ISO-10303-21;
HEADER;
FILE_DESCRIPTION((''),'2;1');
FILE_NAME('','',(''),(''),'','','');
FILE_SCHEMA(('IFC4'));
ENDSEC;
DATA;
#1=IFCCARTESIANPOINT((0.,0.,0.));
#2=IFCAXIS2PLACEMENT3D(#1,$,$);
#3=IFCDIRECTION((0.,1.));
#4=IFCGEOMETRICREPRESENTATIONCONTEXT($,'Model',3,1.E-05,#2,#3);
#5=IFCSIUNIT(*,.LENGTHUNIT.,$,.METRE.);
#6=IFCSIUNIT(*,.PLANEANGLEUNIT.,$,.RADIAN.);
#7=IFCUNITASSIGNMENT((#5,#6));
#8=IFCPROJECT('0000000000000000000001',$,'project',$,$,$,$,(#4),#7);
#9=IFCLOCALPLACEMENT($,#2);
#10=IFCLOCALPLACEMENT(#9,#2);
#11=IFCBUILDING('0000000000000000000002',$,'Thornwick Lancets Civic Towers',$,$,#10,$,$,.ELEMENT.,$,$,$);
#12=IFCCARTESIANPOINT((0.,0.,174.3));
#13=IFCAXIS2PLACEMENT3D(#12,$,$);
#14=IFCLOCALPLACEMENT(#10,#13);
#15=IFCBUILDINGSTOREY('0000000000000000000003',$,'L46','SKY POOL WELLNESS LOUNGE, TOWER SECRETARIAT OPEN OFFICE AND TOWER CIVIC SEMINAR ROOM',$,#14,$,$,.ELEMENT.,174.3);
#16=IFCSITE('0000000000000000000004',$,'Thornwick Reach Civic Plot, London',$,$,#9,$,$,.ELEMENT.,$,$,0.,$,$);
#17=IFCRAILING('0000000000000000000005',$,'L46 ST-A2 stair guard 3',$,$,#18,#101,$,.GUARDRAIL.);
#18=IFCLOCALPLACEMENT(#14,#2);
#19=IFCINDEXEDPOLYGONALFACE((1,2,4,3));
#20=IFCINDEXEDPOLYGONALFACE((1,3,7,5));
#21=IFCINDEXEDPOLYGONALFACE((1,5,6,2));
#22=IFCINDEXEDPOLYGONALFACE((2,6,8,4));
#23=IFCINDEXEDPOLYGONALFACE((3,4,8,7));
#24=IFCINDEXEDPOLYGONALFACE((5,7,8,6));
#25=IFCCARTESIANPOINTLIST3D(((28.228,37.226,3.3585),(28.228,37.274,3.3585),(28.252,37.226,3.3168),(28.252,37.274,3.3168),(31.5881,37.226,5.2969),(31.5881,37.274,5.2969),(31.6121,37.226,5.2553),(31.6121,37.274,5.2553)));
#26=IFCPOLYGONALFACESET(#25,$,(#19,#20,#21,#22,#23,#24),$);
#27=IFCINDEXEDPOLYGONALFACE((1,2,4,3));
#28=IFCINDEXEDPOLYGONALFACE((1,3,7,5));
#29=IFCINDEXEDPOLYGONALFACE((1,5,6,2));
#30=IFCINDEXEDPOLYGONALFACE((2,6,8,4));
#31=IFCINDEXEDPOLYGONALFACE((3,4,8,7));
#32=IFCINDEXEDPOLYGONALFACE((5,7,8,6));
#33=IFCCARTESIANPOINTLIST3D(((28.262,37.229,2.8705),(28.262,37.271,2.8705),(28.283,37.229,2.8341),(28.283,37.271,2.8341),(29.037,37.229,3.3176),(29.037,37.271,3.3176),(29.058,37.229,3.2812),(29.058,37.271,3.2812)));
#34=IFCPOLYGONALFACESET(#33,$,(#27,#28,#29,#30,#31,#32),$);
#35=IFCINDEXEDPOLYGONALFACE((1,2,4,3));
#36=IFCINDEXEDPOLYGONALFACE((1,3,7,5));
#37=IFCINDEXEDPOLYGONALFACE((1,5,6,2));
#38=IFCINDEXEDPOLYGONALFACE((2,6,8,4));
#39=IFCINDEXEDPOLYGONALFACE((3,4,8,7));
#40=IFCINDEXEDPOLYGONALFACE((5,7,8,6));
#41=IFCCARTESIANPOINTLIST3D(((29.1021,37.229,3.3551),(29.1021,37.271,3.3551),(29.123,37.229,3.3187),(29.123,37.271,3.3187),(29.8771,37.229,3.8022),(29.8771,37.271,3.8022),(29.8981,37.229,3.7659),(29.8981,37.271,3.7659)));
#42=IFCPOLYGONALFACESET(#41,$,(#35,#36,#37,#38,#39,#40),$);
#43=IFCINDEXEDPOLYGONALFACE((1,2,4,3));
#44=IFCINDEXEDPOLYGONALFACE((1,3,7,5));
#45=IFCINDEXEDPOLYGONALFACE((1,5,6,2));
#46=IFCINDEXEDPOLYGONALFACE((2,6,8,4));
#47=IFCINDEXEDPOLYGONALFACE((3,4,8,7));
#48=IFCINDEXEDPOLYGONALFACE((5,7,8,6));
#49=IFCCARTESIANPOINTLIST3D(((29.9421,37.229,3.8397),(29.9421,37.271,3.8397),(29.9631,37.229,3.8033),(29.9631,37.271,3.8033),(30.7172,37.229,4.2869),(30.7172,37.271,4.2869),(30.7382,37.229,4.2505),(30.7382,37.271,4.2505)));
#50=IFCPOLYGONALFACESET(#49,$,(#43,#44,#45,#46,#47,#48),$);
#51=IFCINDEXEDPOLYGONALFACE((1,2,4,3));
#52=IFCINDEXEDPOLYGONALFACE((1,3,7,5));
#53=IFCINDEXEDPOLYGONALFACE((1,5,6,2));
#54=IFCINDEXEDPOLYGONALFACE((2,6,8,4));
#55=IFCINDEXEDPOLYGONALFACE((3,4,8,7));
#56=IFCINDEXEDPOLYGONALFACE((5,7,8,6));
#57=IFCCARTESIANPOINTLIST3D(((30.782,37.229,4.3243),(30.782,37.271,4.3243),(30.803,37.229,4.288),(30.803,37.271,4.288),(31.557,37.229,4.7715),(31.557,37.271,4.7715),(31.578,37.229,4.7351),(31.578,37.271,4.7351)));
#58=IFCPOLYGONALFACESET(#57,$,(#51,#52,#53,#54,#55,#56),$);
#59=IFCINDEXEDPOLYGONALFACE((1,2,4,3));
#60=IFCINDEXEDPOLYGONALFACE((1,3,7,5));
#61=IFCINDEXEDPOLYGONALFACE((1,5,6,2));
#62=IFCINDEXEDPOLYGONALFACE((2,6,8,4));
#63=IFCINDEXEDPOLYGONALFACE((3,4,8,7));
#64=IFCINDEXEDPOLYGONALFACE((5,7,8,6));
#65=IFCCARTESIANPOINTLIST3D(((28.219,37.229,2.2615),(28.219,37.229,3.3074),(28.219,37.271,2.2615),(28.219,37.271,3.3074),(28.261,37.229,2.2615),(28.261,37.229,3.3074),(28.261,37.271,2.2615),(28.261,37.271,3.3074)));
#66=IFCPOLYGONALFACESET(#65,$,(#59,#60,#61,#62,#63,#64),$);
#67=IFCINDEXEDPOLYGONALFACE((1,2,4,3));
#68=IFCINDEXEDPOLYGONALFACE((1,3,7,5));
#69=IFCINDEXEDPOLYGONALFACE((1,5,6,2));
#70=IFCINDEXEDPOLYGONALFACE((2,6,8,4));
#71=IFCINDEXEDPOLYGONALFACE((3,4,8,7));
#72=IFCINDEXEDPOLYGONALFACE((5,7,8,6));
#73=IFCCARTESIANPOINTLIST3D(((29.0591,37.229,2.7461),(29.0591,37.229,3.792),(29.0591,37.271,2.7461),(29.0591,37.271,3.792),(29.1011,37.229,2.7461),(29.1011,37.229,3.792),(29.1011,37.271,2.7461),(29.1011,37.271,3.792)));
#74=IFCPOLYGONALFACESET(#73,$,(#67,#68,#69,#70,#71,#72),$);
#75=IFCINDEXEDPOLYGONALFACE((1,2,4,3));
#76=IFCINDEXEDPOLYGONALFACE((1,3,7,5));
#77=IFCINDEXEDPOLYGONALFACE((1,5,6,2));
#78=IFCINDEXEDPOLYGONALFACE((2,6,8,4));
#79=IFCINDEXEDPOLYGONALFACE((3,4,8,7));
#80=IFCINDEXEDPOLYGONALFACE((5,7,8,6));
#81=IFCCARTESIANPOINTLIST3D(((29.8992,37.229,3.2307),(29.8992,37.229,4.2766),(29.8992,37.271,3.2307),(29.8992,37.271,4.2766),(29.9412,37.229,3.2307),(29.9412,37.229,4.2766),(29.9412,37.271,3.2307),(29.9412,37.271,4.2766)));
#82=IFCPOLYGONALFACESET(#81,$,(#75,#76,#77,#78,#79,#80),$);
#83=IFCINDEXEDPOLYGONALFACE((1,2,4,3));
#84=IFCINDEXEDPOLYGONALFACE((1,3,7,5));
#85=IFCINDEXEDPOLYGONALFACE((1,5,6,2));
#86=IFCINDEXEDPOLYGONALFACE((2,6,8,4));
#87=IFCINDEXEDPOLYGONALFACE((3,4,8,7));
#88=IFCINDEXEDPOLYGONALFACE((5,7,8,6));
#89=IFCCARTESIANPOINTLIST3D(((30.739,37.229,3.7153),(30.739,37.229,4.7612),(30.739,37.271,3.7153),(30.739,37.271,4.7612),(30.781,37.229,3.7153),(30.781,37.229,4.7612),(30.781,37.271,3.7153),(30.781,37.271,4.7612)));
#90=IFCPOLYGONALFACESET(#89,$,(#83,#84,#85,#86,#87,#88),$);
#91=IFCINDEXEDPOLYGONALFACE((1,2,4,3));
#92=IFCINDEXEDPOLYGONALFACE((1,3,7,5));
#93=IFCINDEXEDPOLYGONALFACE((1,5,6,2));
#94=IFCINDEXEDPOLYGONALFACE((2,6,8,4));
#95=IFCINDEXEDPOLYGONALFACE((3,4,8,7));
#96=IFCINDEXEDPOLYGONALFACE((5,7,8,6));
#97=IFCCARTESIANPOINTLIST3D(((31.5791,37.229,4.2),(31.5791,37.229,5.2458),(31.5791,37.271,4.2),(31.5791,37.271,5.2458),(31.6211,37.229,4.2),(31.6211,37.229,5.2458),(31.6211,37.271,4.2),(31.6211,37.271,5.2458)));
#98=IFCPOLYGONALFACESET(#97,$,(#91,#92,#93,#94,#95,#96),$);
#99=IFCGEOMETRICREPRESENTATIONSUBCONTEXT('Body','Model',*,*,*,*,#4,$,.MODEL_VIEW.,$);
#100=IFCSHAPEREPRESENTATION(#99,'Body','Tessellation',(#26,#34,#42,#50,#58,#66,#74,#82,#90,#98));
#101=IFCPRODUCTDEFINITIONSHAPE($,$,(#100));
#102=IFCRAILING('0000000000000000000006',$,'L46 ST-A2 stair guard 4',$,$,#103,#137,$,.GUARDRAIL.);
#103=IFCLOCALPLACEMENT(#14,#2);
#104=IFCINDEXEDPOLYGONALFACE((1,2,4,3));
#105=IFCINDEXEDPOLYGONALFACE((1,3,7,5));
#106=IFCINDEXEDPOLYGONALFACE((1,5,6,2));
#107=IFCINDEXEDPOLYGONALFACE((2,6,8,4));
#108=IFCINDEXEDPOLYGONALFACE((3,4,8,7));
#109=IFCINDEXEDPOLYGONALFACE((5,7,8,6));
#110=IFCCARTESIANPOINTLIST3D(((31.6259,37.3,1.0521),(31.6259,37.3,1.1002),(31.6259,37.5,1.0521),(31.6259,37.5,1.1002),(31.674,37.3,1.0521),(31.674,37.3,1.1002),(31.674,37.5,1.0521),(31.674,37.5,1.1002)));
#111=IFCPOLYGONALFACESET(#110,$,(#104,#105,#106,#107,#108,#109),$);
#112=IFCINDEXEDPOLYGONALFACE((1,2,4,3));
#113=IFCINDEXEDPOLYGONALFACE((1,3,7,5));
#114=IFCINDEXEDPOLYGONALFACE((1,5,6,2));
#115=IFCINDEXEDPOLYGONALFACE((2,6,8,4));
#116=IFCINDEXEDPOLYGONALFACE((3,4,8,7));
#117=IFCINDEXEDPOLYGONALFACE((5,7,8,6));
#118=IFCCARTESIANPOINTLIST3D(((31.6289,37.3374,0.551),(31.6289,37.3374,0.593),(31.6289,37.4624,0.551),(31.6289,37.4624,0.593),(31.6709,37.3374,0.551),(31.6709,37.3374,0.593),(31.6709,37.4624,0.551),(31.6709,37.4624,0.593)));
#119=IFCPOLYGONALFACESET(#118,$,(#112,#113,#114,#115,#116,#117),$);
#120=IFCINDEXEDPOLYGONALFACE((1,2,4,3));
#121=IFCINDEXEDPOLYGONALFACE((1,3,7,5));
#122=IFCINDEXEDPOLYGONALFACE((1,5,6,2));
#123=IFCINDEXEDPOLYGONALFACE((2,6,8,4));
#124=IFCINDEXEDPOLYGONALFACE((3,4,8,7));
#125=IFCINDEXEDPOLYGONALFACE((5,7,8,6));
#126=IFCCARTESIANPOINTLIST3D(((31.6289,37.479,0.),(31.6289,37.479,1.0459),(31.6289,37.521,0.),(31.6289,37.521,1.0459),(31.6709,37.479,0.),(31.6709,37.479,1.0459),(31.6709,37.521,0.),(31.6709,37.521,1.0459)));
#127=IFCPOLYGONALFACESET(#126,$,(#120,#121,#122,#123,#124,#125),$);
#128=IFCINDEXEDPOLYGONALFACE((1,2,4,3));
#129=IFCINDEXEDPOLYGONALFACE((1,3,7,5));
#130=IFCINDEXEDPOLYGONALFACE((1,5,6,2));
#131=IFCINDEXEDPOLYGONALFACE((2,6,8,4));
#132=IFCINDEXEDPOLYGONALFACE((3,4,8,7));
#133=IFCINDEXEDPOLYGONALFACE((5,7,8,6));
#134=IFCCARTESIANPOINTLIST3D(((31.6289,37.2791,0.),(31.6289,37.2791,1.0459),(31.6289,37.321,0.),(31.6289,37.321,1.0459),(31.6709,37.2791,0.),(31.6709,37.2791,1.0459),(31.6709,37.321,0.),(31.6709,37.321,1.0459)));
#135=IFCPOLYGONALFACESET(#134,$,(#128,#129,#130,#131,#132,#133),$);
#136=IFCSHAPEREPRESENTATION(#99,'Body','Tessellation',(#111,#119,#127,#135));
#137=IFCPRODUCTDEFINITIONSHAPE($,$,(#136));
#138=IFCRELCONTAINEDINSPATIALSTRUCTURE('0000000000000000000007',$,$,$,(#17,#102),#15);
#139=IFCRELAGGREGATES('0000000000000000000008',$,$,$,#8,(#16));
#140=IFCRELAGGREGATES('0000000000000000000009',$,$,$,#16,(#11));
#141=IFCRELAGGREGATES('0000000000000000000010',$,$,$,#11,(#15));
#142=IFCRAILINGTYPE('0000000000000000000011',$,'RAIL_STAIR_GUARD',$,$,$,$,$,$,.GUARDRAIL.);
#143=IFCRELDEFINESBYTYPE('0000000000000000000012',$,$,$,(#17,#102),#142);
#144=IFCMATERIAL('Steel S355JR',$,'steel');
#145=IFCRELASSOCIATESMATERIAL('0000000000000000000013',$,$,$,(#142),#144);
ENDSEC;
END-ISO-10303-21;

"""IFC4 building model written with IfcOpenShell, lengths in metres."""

from ifc_helpers import new_model, si_unit, direction, frame, origin, origin_2d, place, context, subcontext, project, spatial, rectangle, extrude, material, type_object, element, save


model = new_model("IFC4")

# Units and contexts
model_context = context("Model", 3, precision=1e-05, world=origin(), true_north=direction((0.0, 1.0)))
body_context = subcontext(model_context, "Body", "Model", "MODEL_VIEW")
ifc_project = project(units=[si_unit("LENGTHUNIT", "METRE"), si_unit("PLANEANGLEUNIT", "RADIAN")], contexts=[model_context])

# Site, building, storey
site_placement = place(None, origin())
site = spatial("IfcSite", under=ifc_project, at=site_placement, Name="Thornwick Reach Civic Plot, London", CompositionType="ELEMENT", RefElevation=0.0)
building_placement = place(site_placement, origin())
building = spatial("IfcBuilding", under=site, at=building_placement, Name="Thornwick Lancets Civic Towers", CompositionType="ELEMENT")
storey_placement = place(building_placement, frame((0.0, 0.0, 174.3)))
storey = spatial("IfcBuildingStorey", under=building, at=storey_placement, Name="L46", Description="SKY POOL WELLNESS LOUNGE, TOWER SECRETARIAT OPEN OFFICE AND TOWER CIVIC SEMINAR ROOM", CompositionType="ELEMENT", Elevation=174.3)

# Shared definitions
ifc_material_1 = material(Name="Steel S355JR", Category="steel")

# Railings
railing_type_1 = type_object("IfcRailingType", Name="RAIL_STAIR_GUARD", PredefinedType="GUARDRAIL", material=ifc_material_1)
railing_1_placement = place(storey_placement, frame((28.24, 37.25, 2.2615)))
element("IfcRailing", 1, at=railing_1_placement, inside=storey, type_object=railing_type_1, Name="L46 ST-A2 stair guard 3", PredefinedType="GUARDRAIL", context=body_context, shape_type="SweptSolid", body=[
    extrude(rectangle(XDim=0.0481, YDim=0.0481, at=origin_2d()), frame((0.0, 0.0, 1.0762), z_axis=(0.866191, 0.0, 0.499713), x_axis=(0.0, 1.0, 0.0)), (0.0, 0.0, 1.0), 3.8792),
    extrude(rectangle(XDim=0.042, YDim=0.042, at=origin_2d()), frame((0.0325, 0.0, 0.5908), z_axis=(0.866191, 0.0, 0.499713), x_axis=(0.0, 1.0, 0.0)), (0.0, 0.0, 1.0), 0.8948),
    extrude(rectangle(XDim=0.042, YDim=0.042, at=origin_2d()), frame((0.8726, 0.0, 1.0754), z_axis=(0.866191, 0.0, 0.499713), x_axis=(0.0, 1.0, 0.0)), (0.0, 0.0, 1.0), 0.8948),
    extrude(rectangle(XDim=0.042, YDim=0.042, at=origin_2d()), frame((1.7126, 0.0, 1.5601), z_axis=(0.866191, 0.0, 0.499713), x_axis=(0.0, 1.0, 0.0)), (0.0, 0.0, 1.0), 0.8948),
    extrude(rectangle(XDim=0.042, YDim=0.042, at=origin_2d()), frame((2.5525, 0.0, 2.0447), z_axis=(0.866191, 0.0, 0.499713), x_axis=(0.0, 1.0, 0.0)), (0.0, 0.0, 1.0), 0.8948),
    extrude(rectangle(XDim=0.042, YDim=0.042, at=origin_2d()), origin(), (0.0, 0.0, 1.0), 1.0459),
    extrude(rectangle(XDim=0.042, YDim=0.042, at=origin_2d()), frame((0.8401, 0.0, 0.4846)), (0.0, 0.0, 1.0), 1.0459),
    extrude(rectangle(XDim=0.042, YDim=0.042, at=origin_2d()), frame((1.6802, 0.0, 0.9692)), (0.0, 0.0, 1.0), 1.0459),
    extrude(rectangle(XDim=0.042, YDim=0.042, at=origin_2d()), frame((2.52, 0.0, 1.4539)), (0.0, 0.0, 1.0), 1.0459),
    extrude(rectangle(XDim=0.042, YDim=0.042, at=origin_2d()), frame((3.3601, 0.0, 1.9385)), (0.0, 0.0, 1.0), 1.0459),
])
railing_2_placement = place(storey_placement, frame((31.6499, 37.5, 0.0)))
element("IfcRailing", 2, at=railing_2_placement, inside=storey, type_object=railing_type_1, Name="L46 ST-A2 stair guard 4", PredefinedType="GUARDRAIL", context=body_context, shape_type="SweptSolid", body=[
    extrude(rectangle(XDim=0.0481, YDim=0.0481, at=origin_2d()), frame((0.0, 0.0, 1.0762), z_axis=(0.0, -1.0, 0.0), x_axis=(1.0, 0.0, 0.0)), (0.0, 0.0, 1.0), 0.2),
    extrude(rectangle(XDim=0.042, YDim=0.042, at=origin_2d()), frame((0.0, -0.0376, 0.572), z_axis=(0.0, -1.0, 0.0), x_axis=(1.0, 0.0, 0.0)), (0.0, 0.0, 1.0), 0.125),
    extrude(rectangle(XDim=0.042, YDim=0.042, at=origin_2d()), origin(), (0.0, 0.0, 1.0), 1.0459),
    extrude(rectangle(XDim=0.042, YDim=0.042, at=origin_2d()), frame((0.0, -0.2, 0.0)), (0.0, 0.0, 1.0), 1.0459),
])

save(model, "model.ifc")
